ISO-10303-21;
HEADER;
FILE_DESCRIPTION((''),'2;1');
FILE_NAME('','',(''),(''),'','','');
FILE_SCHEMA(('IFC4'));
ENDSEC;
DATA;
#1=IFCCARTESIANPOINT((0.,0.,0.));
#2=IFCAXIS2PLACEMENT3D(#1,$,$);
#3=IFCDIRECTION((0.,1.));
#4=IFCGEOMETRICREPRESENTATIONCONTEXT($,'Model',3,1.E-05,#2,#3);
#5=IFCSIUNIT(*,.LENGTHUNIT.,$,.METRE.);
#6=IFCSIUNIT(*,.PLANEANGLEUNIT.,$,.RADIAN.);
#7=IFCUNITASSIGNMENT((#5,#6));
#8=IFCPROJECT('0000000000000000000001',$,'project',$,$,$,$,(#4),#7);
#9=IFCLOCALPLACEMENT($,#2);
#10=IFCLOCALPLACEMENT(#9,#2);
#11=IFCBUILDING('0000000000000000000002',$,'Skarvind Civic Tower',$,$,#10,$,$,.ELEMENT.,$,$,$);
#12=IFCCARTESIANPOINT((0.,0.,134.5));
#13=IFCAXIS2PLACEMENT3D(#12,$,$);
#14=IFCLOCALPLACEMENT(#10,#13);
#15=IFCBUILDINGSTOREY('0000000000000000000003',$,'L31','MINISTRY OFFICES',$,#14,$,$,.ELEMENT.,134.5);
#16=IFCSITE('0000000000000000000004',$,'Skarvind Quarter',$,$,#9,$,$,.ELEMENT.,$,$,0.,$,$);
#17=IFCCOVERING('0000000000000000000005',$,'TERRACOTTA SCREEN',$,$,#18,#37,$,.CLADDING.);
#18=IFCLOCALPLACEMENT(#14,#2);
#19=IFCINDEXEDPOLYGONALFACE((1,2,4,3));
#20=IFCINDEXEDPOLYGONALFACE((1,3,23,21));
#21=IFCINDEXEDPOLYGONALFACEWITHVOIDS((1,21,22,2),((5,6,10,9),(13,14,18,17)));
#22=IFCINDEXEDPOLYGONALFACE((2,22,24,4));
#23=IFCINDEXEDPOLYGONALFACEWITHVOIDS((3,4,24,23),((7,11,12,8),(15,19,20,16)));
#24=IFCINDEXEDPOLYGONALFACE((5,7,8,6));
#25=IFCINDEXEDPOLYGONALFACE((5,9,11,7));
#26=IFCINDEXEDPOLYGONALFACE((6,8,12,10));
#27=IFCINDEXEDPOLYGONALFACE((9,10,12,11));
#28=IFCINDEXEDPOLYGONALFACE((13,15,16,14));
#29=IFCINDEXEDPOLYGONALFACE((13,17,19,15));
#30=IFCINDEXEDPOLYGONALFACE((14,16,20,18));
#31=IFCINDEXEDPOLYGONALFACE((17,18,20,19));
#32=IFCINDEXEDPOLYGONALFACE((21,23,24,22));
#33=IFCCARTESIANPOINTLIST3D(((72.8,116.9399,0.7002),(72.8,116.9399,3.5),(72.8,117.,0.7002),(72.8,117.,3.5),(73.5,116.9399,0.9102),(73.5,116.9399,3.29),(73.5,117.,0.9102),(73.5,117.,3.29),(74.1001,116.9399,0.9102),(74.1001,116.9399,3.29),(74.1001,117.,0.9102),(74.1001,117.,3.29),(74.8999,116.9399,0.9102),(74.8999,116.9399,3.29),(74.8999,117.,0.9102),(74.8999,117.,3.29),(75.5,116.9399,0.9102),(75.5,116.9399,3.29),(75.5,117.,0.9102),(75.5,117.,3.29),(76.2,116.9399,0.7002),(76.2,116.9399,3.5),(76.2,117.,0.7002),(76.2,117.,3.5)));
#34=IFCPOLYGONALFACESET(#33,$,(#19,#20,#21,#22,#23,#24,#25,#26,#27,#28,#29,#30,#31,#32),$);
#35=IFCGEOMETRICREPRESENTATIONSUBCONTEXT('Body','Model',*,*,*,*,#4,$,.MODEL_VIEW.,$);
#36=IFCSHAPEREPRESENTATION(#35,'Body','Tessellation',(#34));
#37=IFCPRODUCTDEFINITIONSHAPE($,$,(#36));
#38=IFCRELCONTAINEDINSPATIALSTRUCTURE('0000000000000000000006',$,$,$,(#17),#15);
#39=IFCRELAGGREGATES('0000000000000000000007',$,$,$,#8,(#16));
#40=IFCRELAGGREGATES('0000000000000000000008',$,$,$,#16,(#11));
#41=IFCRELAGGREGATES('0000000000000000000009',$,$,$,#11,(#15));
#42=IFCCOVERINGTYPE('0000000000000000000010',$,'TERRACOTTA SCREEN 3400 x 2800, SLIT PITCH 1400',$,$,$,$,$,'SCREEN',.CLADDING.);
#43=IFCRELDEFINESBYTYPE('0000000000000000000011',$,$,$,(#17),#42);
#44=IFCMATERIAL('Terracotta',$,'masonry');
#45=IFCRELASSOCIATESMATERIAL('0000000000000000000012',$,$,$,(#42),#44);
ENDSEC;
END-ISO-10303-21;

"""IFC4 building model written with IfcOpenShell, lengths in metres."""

from ifc_helpers import new_model, si_unit, direction, frame, origin, place, context, subcontext, project, spatial, polyline, outline, extrude, material, material_profile, profile_set, type_object, element, save


model = new_model("IFC4")

# Units and contexts
model_context = context("Model", 3, precision=1e-05, world=origin(), true_north=direction((0.0, 1.0)))
body_context = subcontext(model_context, "Body", "Model", "MODEL_VIEW")
ifc_project = project(units=[si_unit("LENGTHUNIT", "METRE"), si_unit("PLANEANGLEUNIT", "RADIAN")], contexts=[model_context])

# Site, building, storey
site_placement = place(None, origin())
site = spatial("IfcSite", under=ifc_project, at=site_placement, Name="Skarvind Quarter", CompositionType="ELEMENT", RefElevation=0.0)
building_placement = place(site_placement, origin())
building = spatial("IfcBuilding", under=site, at=building_placement, Name="Skarvind Civic Tower", CompositionType="ELEMENT")
storey_placement = place(building_placement, frame((0.0, 0.0, 134.5)))
storey = spatial("IfcBuildingStorey", under=building, at=storey_placement, Name="L31", Description="MINISTRY OFFICES", CompositionType="ELEMENT", Elevation=134.5)

# Covering
ifc_material_1 = material(Name="Terracotta", Category="masonry")
ifc_material_profile_1 = material_profile(ifc_material_1, outline(polyline([(-1.7, -1.3999), (1.7, -1.3999), (1.7, 1.3999), (-1.7, 1.3999), (-1.7, -1.3999)]), holes=[polyline([(-1.0, -1.1899), (-0.3999, -1.1899), (-0.3999, 1.1899), (-1.0, 1.1899), (-1.0, -1.1899)]), polyline([(0.3999, -1.1899), (1.0, -1.1899), (1.0, 1.1899), (0.3999, 1.1899), (0.3999, -1.1899)])]), Name="TERRACOTTA SCREEN 3400 x 2800, SLIT PITCH 1400")
ifc_profile_set_1 = profile_set([ifc_material_profile_1], Name="Terracotta")
covering_type = type_object("IfcCoveringType", Name="TERRACOTTA SCREEN 3400 x 2800, SLIT PITCH 1400", ElementType="SCREEN", PredefinedType="CLADDING", material=ifc_profile_set_1)
for number, where, z_axis, x_axis, name in (
    (1, (74.5, 117.0, 2.1001), (0.0, -1.0, 0.0), (1.0, 0.0, 0.0), "TERRACOTTA SCREEN"),
):
    element("IfcCovering", number, at=place(storey_placement, frame(where, z_axis=z_axis, x_axis=x_axis)), inside=storey, type_object=covering_type, Name=name, PredefinedType="CLADDING", context=body_context, shape_type="SweptSolid", body=[
        extrude(outline(polyline([(-1.7, -1.3999), (1.7, -1.3999), (1.7, 1.3999), (-1.7, 1.3999), (-1.7, -1.3999)]), holes=[polyline([(-1.0, -1.1899), (-0.3999, -1.1899), (-0.3999, 1.1899), (-1.0, 1.1899), (-1.0, -1.1899)]), polyline([(0.3999, -1.1899), (1.0, -1.1899), (1.0, 1.1899), (0.3999, 1.1899), (0.3999, -1.1899)])]), origin(), (0.0, 0.0, 1.0), 0.0601),
    ])

save(model, "model.ifc")
